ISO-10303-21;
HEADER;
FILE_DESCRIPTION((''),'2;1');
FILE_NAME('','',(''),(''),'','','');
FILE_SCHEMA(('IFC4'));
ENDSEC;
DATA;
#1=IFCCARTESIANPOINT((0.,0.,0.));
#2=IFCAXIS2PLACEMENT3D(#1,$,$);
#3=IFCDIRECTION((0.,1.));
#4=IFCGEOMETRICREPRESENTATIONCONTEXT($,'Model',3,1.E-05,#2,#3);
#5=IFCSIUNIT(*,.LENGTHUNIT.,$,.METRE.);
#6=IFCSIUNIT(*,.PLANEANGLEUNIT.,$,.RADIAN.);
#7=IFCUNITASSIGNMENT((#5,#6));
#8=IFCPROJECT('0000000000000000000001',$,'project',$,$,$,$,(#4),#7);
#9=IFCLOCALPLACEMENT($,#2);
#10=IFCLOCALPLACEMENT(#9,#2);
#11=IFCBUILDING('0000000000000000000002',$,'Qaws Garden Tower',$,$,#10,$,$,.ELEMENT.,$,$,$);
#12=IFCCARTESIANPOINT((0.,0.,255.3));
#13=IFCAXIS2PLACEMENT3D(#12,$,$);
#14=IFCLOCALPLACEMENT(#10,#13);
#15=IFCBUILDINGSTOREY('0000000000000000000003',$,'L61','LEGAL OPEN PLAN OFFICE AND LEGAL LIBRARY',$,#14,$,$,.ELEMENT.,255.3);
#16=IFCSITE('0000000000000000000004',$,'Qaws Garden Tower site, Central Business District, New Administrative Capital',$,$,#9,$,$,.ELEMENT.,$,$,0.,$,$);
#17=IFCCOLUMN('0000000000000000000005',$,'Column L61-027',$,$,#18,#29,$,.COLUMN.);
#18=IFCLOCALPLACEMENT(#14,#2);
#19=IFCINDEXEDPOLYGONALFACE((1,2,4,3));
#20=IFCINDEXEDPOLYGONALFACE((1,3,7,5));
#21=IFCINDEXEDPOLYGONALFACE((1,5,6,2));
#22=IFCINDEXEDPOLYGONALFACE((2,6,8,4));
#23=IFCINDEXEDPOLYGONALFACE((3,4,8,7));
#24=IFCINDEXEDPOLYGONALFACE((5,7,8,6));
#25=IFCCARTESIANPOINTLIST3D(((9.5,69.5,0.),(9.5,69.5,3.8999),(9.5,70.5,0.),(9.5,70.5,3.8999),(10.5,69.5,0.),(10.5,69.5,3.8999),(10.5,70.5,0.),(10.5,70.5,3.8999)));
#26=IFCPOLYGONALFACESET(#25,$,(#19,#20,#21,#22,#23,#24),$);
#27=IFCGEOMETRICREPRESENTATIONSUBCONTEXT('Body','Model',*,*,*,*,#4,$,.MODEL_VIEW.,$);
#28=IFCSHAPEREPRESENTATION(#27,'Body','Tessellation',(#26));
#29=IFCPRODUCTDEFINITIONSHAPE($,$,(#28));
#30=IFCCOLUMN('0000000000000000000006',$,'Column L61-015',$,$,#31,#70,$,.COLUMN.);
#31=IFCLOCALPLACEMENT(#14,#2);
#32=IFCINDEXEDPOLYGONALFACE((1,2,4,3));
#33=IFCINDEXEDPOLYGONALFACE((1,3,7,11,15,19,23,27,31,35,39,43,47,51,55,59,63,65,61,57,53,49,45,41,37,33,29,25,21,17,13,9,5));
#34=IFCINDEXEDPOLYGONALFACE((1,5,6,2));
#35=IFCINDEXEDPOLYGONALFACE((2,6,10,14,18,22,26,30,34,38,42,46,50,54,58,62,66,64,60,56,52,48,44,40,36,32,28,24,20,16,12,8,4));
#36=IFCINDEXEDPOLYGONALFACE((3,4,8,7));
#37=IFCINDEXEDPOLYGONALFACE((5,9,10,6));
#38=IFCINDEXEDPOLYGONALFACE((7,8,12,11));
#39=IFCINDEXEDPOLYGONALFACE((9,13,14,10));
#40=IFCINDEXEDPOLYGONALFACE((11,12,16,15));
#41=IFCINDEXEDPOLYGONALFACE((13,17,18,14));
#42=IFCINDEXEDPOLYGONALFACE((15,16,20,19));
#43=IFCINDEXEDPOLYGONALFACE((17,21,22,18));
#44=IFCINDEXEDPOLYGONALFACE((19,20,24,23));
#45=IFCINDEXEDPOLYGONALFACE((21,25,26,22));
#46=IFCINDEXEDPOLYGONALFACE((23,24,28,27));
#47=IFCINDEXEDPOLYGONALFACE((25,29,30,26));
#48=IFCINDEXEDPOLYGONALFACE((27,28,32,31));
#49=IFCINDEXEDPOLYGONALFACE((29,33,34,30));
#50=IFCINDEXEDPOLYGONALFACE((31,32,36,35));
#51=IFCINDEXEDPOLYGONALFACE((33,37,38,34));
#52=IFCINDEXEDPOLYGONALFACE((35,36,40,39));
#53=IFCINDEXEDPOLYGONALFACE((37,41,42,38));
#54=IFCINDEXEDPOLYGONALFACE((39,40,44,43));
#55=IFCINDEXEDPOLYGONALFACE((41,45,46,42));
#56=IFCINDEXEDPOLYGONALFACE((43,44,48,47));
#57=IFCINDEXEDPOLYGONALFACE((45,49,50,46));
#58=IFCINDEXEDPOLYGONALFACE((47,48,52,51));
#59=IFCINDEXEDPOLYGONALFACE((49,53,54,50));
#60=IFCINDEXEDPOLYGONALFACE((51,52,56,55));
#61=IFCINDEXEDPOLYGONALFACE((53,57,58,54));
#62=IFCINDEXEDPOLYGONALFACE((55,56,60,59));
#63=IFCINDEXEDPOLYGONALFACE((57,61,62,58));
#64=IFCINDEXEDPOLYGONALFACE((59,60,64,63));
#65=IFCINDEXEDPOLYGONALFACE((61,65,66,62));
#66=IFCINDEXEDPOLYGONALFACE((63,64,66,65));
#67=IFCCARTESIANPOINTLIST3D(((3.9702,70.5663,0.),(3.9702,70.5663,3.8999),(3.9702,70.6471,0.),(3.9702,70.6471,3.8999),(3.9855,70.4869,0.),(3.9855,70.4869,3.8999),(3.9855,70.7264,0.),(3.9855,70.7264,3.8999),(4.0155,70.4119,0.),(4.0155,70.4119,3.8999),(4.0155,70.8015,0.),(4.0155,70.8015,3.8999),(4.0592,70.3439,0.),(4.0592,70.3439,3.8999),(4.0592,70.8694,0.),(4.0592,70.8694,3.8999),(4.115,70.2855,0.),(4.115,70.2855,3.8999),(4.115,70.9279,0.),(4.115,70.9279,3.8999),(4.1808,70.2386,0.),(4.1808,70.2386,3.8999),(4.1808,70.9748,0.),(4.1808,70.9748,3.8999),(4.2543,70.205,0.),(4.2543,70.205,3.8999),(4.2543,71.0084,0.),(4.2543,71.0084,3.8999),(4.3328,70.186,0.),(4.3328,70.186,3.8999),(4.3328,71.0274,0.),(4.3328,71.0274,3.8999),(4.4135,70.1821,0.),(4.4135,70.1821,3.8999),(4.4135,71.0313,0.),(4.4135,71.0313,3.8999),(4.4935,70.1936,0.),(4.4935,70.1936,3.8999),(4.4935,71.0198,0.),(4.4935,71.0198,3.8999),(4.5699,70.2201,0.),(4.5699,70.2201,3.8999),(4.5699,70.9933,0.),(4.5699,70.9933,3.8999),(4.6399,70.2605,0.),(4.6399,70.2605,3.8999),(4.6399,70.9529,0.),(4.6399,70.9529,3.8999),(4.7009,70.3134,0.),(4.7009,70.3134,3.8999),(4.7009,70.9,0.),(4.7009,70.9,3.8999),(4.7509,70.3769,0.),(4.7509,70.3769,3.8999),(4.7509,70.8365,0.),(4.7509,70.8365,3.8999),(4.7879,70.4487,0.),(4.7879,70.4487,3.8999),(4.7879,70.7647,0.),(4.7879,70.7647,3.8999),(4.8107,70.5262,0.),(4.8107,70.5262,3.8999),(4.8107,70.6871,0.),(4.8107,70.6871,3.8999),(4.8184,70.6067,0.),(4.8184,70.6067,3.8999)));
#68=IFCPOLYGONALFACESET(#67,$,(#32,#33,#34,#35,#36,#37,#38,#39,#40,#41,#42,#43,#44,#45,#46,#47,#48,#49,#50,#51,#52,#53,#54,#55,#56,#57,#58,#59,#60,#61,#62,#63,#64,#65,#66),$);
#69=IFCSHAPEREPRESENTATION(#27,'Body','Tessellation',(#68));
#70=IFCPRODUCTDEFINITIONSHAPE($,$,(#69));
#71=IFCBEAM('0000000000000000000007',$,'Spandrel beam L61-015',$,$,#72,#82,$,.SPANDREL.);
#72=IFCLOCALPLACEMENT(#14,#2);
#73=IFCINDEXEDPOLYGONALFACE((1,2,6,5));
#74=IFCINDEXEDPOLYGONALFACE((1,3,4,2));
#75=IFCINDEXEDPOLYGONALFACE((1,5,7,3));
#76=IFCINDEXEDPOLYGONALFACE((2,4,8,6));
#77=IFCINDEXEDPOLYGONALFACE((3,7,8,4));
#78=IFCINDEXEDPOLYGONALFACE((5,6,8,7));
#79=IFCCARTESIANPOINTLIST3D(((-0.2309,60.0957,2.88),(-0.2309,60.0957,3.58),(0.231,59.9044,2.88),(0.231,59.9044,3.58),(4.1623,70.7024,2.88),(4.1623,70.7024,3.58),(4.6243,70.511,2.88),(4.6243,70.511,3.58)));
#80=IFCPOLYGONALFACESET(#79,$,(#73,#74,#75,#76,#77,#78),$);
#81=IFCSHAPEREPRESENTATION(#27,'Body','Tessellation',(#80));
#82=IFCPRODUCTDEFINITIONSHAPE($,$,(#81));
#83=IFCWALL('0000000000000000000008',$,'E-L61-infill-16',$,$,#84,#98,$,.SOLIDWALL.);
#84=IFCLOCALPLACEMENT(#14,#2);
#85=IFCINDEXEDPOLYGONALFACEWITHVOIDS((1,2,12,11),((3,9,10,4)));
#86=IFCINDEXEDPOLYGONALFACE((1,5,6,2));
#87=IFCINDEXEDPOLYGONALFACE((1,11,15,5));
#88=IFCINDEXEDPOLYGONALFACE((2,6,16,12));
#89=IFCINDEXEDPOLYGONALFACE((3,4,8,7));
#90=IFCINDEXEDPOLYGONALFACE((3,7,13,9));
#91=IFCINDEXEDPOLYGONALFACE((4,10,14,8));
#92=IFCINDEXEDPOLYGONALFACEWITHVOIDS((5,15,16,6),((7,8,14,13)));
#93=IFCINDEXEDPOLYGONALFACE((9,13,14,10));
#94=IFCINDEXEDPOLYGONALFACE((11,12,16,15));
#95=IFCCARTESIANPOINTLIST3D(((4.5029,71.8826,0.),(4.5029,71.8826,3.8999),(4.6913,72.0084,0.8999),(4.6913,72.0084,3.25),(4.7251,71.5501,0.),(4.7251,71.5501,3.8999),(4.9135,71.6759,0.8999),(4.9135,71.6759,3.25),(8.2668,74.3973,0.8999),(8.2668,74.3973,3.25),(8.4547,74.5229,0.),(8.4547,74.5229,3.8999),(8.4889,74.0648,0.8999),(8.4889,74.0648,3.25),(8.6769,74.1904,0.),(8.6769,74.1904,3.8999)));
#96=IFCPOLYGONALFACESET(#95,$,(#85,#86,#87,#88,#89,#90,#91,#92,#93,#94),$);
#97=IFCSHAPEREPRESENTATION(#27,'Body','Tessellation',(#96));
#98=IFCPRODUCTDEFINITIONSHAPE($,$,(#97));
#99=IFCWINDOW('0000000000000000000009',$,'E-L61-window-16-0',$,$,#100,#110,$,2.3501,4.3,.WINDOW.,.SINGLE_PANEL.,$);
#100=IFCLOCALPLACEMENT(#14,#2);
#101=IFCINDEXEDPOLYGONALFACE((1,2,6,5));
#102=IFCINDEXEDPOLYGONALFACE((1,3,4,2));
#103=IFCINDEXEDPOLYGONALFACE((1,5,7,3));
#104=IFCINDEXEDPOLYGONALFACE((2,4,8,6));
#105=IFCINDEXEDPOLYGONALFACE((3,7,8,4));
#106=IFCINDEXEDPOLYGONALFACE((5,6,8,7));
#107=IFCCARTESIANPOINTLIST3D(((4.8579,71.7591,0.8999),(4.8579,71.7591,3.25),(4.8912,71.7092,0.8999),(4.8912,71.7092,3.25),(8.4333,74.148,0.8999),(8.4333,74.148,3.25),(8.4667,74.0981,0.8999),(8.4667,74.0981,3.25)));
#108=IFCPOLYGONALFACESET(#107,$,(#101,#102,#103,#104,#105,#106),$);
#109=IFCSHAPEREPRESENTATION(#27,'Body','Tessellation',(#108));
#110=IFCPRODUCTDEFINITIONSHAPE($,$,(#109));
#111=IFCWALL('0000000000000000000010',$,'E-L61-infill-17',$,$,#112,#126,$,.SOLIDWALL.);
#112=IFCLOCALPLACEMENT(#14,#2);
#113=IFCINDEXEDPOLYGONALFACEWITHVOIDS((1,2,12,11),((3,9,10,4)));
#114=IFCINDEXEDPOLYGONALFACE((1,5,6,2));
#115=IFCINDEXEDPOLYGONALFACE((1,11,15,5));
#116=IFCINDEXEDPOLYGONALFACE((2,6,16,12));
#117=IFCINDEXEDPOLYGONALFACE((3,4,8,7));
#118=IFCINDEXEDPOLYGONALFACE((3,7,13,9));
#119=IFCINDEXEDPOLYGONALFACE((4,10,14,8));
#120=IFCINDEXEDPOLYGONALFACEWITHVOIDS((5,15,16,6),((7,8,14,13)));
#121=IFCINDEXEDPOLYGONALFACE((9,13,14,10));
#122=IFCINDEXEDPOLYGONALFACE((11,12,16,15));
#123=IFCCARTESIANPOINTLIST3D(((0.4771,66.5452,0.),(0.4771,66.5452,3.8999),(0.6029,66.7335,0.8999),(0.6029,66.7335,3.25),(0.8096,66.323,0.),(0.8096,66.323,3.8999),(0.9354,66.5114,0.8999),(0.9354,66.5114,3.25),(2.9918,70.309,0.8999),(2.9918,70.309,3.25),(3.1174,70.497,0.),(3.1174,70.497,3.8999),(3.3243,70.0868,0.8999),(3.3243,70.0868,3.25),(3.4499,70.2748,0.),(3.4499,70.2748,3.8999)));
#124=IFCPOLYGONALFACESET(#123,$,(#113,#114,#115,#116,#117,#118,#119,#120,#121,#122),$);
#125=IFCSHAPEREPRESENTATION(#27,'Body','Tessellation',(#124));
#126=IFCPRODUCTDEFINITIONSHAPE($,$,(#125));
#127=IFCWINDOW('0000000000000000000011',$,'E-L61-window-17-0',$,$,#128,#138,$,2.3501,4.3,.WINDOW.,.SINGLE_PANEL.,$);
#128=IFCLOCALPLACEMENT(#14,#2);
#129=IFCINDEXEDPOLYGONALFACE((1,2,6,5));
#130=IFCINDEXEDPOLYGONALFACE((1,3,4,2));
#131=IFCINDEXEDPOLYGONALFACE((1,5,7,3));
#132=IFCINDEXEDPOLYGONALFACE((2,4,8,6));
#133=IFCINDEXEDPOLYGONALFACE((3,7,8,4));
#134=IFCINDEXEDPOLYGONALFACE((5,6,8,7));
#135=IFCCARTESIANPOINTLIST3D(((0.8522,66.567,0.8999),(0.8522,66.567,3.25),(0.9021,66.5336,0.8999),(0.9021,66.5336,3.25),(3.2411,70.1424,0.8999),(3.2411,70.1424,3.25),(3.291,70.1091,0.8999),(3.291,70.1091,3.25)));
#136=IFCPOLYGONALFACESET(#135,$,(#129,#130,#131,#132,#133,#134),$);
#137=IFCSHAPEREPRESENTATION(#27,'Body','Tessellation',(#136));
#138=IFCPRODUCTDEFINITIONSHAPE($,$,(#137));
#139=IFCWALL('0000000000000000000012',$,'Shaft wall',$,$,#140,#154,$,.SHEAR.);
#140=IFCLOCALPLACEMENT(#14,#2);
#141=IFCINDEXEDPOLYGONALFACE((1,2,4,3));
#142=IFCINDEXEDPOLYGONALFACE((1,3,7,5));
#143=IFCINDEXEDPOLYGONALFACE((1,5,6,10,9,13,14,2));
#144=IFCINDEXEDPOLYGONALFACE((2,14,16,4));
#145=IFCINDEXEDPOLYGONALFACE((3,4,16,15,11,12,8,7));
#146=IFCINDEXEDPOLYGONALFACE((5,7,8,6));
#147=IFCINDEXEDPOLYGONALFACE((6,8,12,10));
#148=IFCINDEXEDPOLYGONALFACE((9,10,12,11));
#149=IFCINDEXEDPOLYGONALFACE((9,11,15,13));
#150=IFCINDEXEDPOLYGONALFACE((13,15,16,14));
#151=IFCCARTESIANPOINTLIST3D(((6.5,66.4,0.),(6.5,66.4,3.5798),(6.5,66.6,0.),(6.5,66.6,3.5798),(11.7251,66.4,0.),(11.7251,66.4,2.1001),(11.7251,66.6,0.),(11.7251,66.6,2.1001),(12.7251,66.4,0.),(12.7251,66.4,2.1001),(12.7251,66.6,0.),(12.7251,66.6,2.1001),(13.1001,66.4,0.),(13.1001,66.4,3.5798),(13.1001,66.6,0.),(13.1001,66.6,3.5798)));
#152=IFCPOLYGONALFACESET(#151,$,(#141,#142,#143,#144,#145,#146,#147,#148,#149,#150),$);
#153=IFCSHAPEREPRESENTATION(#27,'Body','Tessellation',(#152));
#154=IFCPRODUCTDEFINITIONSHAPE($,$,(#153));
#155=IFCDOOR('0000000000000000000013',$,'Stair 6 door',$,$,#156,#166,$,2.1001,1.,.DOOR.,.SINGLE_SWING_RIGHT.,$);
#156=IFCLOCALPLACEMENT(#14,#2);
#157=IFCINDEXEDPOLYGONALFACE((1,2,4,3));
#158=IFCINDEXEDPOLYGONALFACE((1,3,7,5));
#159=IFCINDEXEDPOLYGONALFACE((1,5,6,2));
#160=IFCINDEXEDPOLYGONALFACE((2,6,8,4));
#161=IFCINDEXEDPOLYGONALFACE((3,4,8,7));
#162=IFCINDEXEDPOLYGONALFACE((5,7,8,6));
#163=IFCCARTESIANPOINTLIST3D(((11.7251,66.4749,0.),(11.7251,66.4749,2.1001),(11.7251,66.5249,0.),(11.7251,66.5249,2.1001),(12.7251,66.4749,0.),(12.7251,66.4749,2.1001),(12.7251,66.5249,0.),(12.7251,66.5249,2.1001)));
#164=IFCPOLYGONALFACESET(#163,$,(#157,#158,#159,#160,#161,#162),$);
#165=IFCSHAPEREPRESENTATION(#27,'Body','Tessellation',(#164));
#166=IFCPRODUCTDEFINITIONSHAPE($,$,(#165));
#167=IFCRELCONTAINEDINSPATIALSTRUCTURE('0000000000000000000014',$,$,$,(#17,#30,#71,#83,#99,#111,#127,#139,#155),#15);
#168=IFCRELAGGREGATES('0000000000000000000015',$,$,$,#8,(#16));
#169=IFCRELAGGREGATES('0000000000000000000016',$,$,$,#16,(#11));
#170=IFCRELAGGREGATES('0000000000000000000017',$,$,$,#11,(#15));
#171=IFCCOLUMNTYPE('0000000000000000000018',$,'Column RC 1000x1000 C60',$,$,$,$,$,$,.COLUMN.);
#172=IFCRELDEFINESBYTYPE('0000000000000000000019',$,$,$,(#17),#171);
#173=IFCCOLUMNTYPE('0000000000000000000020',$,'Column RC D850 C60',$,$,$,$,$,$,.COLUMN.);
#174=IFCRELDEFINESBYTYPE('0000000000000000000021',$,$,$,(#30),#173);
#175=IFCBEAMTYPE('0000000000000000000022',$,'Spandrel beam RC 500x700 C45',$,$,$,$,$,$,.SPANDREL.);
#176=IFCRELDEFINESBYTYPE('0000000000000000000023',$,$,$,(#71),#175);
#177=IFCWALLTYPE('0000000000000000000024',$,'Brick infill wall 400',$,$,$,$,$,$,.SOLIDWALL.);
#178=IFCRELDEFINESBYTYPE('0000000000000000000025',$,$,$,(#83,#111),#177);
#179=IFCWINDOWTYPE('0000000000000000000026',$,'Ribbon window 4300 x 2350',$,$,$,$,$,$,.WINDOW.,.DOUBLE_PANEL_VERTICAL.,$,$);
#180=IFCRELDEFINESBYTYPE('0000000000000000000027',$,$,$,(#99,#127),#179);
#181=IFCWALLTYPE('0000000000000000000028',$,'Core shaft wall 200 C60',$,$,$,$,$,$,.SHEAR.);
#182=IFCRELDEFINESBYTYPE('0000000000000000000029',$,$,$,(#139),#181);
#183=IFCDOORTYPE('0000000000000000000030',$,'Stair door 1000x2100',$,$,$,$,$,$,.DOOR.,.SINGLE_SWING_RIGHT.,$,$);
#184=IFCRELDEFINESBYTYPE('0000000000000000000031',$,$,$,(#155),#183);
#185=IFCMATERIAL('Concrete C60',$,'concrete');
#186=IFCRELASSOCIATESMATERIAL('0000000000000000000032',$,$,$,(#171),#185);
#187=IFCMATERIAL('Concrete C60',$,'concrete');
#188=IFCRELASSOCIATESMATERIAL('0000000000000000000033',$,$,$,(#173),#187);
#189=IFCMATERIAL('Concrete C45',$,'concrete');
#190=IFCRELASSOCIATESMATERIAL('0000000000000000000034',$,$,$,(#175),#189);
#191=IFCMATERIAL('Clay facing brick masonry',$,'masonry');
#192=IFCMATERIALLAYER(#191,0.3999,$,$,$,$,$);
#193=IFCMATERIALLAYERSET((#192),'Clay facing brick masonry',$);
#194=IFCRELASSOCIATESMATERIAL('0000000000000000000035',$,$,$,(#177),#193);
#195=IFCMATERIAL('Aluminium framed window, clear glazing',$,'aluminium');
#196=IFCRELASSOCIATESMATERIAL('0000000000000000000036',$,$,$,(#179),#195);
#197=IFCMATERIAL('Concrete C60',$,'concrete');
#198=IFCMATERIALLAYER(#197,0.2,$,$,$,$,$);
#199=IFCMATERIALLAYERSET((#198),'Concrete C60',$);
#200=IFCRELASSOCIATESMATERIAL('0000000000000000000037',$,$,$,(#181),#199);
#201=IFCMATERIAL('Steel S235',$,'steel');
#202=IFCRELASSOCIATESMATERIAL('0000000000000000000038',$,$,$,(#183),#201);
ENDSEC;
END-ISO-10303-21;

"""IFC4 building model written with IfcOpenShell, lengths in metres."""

from ifc_helpers import new_model, si_unit, direction, frame, frame_2d, origin, origin_2d, place, context, subcontext, project, spatial, rectangle, circle, extrude, material, layer, layer_set, material_profile, profile_set, type_object, element, fill, save


model = new_model("IFC4")

# Units and contexts
model_context = context("Model", 3, precision=1e-05, world=origin(), true_north=direction((0.0, 1.0)))
body_context = subcontext(model_context, "Body", "Model", "MODEL_VIEW")
ifc_project = project(units=[si_unit("LENGTHUNIT", "METRE"), si_unit("PLANEANGLEUNIT", "RADIAN")], contexts=[model_context])

# Site, building, storey
site_placement = place(None, origin())
site = spatial("IfcSite", under=ifc_project, at=site_placement, Name="Qaws Garden Tower site, Central Business District, New Administrative Capital", CompositionType="ELEMENT", RefElevation=0.0)
building_placement = place(site_placement, origin())
building = spatial("IfcBuilding", under=site, at=building_placement, Name="Qaws Garden Tower", CompositionType="ELEMENT")
storey_placement = place(building_placement, frame((0.0, 0.0, 255.3)))
storey = spatial("IfcBuildingStorey", under=building, at=storey_placement, Name="L61", Description="LEGAL OPEN PLAN OFFICE AND LEGAL LIBRARY", CompositionType="ELEMENT", Elevation=255.3)

# Columns
ifc_material_1 = material(Name="Concrete C60", Category="concrete")
ifc_material_profile_1 = material_profile(ifc_material_1, rectangle(XDim=1.0, YDim=1.0, at=origin_2d()), Name="RC 1000x1000")
ifc_profile_set_1 = profile_set([ifc_material_profile_1], Name="Concrete C60")
column_type_1 = type_object("IfcColumnType", Name="Column RC 1000x1000 C60", PredefinedType="COLUMN", material=ifc_profile_set_1)
column_1_placement = place(storey_placement, frame((10.0, 70.0, 0.0), z_axis=(0.0, 0.0, 1.0), x_axis=(1.0, 0.0, 0.0)))
element("IfcColumn", 1, at=column_1_placement, inside=storey, type_object=column_type_1, Name="Column L61-027", PredefinedType="COLUMN", context=body_context, shape_type="SweptSolid", body=[
    extrude(rectangle(XDim=1.0, YDim=1.0, at=origin_2d()), origin(), (0.0, 0.0, 1.0), 3.8999),
])
ifc_material_2 = material(Name="Concrete C60", Category="concrete")
ifc_material_profile_2 = material_profile(ifc_material_2, circle(Radius=0.425, at=origin_2d()), Name="RC D850")
ifc_profile_set_2 = profile_set([ifc_material_profile_2], Name="Concrete C60")
column_type_2 = type_object("IfcColumnType", Name="Column RC D850 C60", PredefinedType="COLUMN", material=ifc_profile_set_2)
column_2_placement = place(storey_placement, frame((4.3933, 70.6067, 0.0), z_axis=(0.0, 0.0, 1.0), x_axis=(1.0, 0.0, 0.0)))
element("IfcColumn", 2, at=column_2_placement, inside=storey, type_object=column_type_2, Name="Column L61-015", PredefinedType="COLUMN", context=body_context, shape_type="SweptSolid", body=[
    extrude(circle(Radius=0.425, at=origin_2d()), origin(), (0.0, 0.0, 1.0), 3.8999),
])

# Beam
ifc_material_3 = material(Name="Concrete C45", Category="concrete")
ifc_material_profile_3 = material_profile(ifc_material_3, rectangle(XDim=0.5, YDim=0.7, at=origin_2d()), Name="RC 500x700")
ifc_profile_set_3 = profile_set([ifc_material_profile_3], Name="Concrete C45")
beam_type = type_object("IfcBeamType", Name="Spandrel beam RC 500x700 C45", PredefinedType="SPANDREL", material=ifc_profile_set_3)
beam_placement = place(storey_placement, frame((4.3933, 70.6067, 3.23), z_axis=(-0.382674, -0.923883, 0.0), x_axis=(0.923883, -0.382674, 0.0)))
element("IfcBeam", 3, at=beam_placement, inside=storey, type_object=beam_type, Name="Spandrel beam L61-015", PredefinedType="SPANDREL", context=body_context, shape_type="SweptSolid", body=[
    extrude(rectangle(XDim=0.5, YDim=0.7, at=origin_2d()), origin(), (0.0, 0.0, 1.0), 11.4805),
])

# Walls, openings, windows
ifc_material_4 = material(Name="Clay facing brick masonry", Category="masonry")
ifc_layer_1 = layer(ifc_material_4, 0.3999)
ifc_layer_set_1 = layer_set([ifc_layer_1], Name="Clay facing brick masonry")
wall_type_1 = type_object("IfcWallType", Name="Brick infill wall 400", PredefinedType="SOLIDWALL", material=ifc_layer_set_1)
wall_1_placement = place(storey_placement, frame((8.5659, 74.3567, 0.0), z_axis=(0.0, 0.0, 1.0), x_axis=(-0.831489, -0.555542, 0.0)))
wall_1 = element("IfcWall", 4, at=wall_1_placement, inside=storey, type_object=wall_type_1, Name="E-L61-infill-16", PredefinedType="SOLIDWALL", context=body_context, shape_type="SweptSolid", body=[
    extrude(rectangle(XDim=4.7527, YDim=0.3999, at=frame_2d((2.3765, 0.0))), origin(), (0.0, 0.0, 1.0), 3.8999),
])
opening_1_placement = place(wall_1_placement, frame((0.2263, 0.0, 0.8999)))
opening_1 = element("IfcOpeningElement", 5, at=opening_1_placement, cuts=wall_1, PredefinedType="OPENING", context=body_context, shape_type="SweptSolid", body=[
    extrude(rectangle(XDim=4.3, YDim=2.3501, at=frame_2d((2.1499, 1.175))), frame((0.0, 0.21, 0.0), z_axis=(0.0, -1.0, 0.0), x_axis=(1.0, 0.0, 0.0)), (0.0, 0.0, 1.0), 0.4199),
])
ifc_material_5 = material(Name="Aluminium framed window, clear glazing", Category="aluminium")
window_type = type_object("IfcWindowType", Name="Ribbon window 4300 x 2350", PartitioningType="DOUBLE_PANEL_VERTICAL", PredefinedType="WINDOW", material=ifc_material_5)
window_1_placement = place(opening_1_placement, origin())
window_1 = element("IfcWindow", 6, at=window_1_placement, inside=storey, type_object=window_type, Name="E-L61-window-16-0", OverallHeight=2.3501, OverallWidth=4.3, PartitioningType="SINGLE_PANEL", PredefinedType="WINDOW", context=body_context, shape_type="SweptSolid", body=[
    extrude(rectangle(XDim=4.3, YDim=2.3501, at=frame_2d((2.1499, 1.175))), frame((0.0, 0.1599, 0.0), z_axis=(0.0, -1.0, 0.0), x_axis=(1.0, 0.0, 0.0)), (0.0, 0.0, 1.0), 0.0601),
])
fill(opening_1, window_1)
wall_2_placement = place(storey_placement, frame((3.2837, 70.386, 0.0), z_axis=(0.0, 0.0, 1.0), x_axis=(-0.555542, -0.831489, 0.0)))
wall_2 = element("IfcWall", 7, at=wall_2_placement, inside=storey, type_object=wall_type_1, Name="E-L61-infill-17", PredefinedType="SOLIDWALL", context=body_context, shape_type="SweptSolid", body=[
    extrude(rectangle(XDim=4.7527, YDim=0.3999, at=frame_2d((2.3765, 0.0))), origin(), (0.0, 0.0, 1.0), 3.8999),
])
opening_2_placement = place(wall_2_placement, frame((0.2263, 0.0, 0.8999)))
opening_2 = element("IfcOpeningElement", 8, at=opening_2_placement, cuts=wall_2, PredefinedType="OPENING", context=body_context, shape_type="SweptSolid", body=[
    extrude(rectangle(XDim=4.3, YDim=2.3501, at=frame_2d((2.1499, 1.175))), frame((0.0, 0.21, 0.0), z_axis=(0.0, -1.0, 0.0), x_axis=(1.0, 0.0, 0.0)), (0.0, 0.0, 1.0), 0.4199),
])
window_2_placement = place(opening_2_placement, origin())
window_2 = element("IfcWindow", 9, at=window_2_placement, inside=storey, type_object=window_type, Name="E-L61-window-17-0", OverallHeight=2.3501, OverallWidth=4.3, PartitioningType="SINGLE_PANEL", PredefinedType="WINDOW", context=body_context, shape_type="SweptSolid", body=[
    extrude(rectangle(XDim=4.3, YDim=2.3501, at=frame_2d((2.1499, 1.175))), frame((0.0, 0.1599, 0.0), z_axis=(0.0, -1.0, 0.0), x_axis=(1.0, 0.0, 0.0)), (0.0, 0.0, 1.0), 0.0601),
])
fill(opening_2, window_2)

# Wall, opening, door
ifc_material_6 = material(Name="Concrete C60", Category="concrete")
ifc_layer_2 = layer(ifc_material_6, 0.2)
ifc_layer_set_2 = layer_set([ifc_layer_2], Name="Concrete C60")
wall_type_2 = type_object("IfcWallType", Name="Core shaft wall 200 C60", PredefinedType="SHEAR", material=ifc_layer_set_2)
wall_3_placement = place(storey_placement, frame((6.5, 66.5, 0.0), z_axis=(0.0, 0.0, 1.0), x_axis=(1.0, 0.0, 0.0)))
wall_3 = element("IfcWall", 10, at=wall_3_placement, inside=storey, type_object=wall_type_2, Name="Shaft wall", PredefinedType="SHEAR", context=body_context, shape_type="SweptSolid", body=[
    extrude(rectangle(XDim=6.6001, YDim=0.2, at=frame_2d((3.3, 0.0))), origin(), (0.0, 0.0, 1.0), 3.5798),
])
opening_3_placement = place(wall_3_placement, frame((5.2251, 0.0, 0.0)))
opening_3 = element("IfcOpeningElement", 11, at=opening_3_placement, cuts=wall_3, PredefinedType="OPENING", context=body_context, shape_type="SweptSolid", body=[
    extrude(rectangle(XDim=1.0, YDim=2.1001, at=frame_2d((0.5, 1.05))), frame((0.0, 0.1099, 0.0), z_axis=(0.0, -1.0, 0.0), x_axis=(1.0, 0.0, 0.0)), (0.0, 0.0, 1.0), 0.22),
])
ifc_material_7 = material(Name="Steel S235", Category="steel")
door_type_1 = type_object("IfcDoorType", Name="Stair door 1000x2100", OperationType="SINGLE_SWING_RIGHT", PredefinedType="DOOR", material=ifc_material_7)
door_1_placement = place(opening_3_placement, origin())
door_1 = element("IfcDoor", 12, at=door_1_placement, inside=storey, type_object=door_type_1, Name="Stair 6 door", OperationType="SINGLE_SWING_RIGHT", OverallHeight=2.1001, OverallWidth=1.0, PredefinedType="DOOR", context=body_context, shape_type="SweptSolid", body=[
    extrude(rectangle(XDim=1.0, YDim=2.1001, at=frame_2d((0.5, 1.05))), frame((0.0, 0.0249, 0.0), z_axis=(0.0, -1.0, 0.0), x_axis=(1.0, 0.0, 0.0)), (0.0, 0.0, 1.0), 0.05),
])
fill(opening_3, door_1)

save(model, "model.ifc")
